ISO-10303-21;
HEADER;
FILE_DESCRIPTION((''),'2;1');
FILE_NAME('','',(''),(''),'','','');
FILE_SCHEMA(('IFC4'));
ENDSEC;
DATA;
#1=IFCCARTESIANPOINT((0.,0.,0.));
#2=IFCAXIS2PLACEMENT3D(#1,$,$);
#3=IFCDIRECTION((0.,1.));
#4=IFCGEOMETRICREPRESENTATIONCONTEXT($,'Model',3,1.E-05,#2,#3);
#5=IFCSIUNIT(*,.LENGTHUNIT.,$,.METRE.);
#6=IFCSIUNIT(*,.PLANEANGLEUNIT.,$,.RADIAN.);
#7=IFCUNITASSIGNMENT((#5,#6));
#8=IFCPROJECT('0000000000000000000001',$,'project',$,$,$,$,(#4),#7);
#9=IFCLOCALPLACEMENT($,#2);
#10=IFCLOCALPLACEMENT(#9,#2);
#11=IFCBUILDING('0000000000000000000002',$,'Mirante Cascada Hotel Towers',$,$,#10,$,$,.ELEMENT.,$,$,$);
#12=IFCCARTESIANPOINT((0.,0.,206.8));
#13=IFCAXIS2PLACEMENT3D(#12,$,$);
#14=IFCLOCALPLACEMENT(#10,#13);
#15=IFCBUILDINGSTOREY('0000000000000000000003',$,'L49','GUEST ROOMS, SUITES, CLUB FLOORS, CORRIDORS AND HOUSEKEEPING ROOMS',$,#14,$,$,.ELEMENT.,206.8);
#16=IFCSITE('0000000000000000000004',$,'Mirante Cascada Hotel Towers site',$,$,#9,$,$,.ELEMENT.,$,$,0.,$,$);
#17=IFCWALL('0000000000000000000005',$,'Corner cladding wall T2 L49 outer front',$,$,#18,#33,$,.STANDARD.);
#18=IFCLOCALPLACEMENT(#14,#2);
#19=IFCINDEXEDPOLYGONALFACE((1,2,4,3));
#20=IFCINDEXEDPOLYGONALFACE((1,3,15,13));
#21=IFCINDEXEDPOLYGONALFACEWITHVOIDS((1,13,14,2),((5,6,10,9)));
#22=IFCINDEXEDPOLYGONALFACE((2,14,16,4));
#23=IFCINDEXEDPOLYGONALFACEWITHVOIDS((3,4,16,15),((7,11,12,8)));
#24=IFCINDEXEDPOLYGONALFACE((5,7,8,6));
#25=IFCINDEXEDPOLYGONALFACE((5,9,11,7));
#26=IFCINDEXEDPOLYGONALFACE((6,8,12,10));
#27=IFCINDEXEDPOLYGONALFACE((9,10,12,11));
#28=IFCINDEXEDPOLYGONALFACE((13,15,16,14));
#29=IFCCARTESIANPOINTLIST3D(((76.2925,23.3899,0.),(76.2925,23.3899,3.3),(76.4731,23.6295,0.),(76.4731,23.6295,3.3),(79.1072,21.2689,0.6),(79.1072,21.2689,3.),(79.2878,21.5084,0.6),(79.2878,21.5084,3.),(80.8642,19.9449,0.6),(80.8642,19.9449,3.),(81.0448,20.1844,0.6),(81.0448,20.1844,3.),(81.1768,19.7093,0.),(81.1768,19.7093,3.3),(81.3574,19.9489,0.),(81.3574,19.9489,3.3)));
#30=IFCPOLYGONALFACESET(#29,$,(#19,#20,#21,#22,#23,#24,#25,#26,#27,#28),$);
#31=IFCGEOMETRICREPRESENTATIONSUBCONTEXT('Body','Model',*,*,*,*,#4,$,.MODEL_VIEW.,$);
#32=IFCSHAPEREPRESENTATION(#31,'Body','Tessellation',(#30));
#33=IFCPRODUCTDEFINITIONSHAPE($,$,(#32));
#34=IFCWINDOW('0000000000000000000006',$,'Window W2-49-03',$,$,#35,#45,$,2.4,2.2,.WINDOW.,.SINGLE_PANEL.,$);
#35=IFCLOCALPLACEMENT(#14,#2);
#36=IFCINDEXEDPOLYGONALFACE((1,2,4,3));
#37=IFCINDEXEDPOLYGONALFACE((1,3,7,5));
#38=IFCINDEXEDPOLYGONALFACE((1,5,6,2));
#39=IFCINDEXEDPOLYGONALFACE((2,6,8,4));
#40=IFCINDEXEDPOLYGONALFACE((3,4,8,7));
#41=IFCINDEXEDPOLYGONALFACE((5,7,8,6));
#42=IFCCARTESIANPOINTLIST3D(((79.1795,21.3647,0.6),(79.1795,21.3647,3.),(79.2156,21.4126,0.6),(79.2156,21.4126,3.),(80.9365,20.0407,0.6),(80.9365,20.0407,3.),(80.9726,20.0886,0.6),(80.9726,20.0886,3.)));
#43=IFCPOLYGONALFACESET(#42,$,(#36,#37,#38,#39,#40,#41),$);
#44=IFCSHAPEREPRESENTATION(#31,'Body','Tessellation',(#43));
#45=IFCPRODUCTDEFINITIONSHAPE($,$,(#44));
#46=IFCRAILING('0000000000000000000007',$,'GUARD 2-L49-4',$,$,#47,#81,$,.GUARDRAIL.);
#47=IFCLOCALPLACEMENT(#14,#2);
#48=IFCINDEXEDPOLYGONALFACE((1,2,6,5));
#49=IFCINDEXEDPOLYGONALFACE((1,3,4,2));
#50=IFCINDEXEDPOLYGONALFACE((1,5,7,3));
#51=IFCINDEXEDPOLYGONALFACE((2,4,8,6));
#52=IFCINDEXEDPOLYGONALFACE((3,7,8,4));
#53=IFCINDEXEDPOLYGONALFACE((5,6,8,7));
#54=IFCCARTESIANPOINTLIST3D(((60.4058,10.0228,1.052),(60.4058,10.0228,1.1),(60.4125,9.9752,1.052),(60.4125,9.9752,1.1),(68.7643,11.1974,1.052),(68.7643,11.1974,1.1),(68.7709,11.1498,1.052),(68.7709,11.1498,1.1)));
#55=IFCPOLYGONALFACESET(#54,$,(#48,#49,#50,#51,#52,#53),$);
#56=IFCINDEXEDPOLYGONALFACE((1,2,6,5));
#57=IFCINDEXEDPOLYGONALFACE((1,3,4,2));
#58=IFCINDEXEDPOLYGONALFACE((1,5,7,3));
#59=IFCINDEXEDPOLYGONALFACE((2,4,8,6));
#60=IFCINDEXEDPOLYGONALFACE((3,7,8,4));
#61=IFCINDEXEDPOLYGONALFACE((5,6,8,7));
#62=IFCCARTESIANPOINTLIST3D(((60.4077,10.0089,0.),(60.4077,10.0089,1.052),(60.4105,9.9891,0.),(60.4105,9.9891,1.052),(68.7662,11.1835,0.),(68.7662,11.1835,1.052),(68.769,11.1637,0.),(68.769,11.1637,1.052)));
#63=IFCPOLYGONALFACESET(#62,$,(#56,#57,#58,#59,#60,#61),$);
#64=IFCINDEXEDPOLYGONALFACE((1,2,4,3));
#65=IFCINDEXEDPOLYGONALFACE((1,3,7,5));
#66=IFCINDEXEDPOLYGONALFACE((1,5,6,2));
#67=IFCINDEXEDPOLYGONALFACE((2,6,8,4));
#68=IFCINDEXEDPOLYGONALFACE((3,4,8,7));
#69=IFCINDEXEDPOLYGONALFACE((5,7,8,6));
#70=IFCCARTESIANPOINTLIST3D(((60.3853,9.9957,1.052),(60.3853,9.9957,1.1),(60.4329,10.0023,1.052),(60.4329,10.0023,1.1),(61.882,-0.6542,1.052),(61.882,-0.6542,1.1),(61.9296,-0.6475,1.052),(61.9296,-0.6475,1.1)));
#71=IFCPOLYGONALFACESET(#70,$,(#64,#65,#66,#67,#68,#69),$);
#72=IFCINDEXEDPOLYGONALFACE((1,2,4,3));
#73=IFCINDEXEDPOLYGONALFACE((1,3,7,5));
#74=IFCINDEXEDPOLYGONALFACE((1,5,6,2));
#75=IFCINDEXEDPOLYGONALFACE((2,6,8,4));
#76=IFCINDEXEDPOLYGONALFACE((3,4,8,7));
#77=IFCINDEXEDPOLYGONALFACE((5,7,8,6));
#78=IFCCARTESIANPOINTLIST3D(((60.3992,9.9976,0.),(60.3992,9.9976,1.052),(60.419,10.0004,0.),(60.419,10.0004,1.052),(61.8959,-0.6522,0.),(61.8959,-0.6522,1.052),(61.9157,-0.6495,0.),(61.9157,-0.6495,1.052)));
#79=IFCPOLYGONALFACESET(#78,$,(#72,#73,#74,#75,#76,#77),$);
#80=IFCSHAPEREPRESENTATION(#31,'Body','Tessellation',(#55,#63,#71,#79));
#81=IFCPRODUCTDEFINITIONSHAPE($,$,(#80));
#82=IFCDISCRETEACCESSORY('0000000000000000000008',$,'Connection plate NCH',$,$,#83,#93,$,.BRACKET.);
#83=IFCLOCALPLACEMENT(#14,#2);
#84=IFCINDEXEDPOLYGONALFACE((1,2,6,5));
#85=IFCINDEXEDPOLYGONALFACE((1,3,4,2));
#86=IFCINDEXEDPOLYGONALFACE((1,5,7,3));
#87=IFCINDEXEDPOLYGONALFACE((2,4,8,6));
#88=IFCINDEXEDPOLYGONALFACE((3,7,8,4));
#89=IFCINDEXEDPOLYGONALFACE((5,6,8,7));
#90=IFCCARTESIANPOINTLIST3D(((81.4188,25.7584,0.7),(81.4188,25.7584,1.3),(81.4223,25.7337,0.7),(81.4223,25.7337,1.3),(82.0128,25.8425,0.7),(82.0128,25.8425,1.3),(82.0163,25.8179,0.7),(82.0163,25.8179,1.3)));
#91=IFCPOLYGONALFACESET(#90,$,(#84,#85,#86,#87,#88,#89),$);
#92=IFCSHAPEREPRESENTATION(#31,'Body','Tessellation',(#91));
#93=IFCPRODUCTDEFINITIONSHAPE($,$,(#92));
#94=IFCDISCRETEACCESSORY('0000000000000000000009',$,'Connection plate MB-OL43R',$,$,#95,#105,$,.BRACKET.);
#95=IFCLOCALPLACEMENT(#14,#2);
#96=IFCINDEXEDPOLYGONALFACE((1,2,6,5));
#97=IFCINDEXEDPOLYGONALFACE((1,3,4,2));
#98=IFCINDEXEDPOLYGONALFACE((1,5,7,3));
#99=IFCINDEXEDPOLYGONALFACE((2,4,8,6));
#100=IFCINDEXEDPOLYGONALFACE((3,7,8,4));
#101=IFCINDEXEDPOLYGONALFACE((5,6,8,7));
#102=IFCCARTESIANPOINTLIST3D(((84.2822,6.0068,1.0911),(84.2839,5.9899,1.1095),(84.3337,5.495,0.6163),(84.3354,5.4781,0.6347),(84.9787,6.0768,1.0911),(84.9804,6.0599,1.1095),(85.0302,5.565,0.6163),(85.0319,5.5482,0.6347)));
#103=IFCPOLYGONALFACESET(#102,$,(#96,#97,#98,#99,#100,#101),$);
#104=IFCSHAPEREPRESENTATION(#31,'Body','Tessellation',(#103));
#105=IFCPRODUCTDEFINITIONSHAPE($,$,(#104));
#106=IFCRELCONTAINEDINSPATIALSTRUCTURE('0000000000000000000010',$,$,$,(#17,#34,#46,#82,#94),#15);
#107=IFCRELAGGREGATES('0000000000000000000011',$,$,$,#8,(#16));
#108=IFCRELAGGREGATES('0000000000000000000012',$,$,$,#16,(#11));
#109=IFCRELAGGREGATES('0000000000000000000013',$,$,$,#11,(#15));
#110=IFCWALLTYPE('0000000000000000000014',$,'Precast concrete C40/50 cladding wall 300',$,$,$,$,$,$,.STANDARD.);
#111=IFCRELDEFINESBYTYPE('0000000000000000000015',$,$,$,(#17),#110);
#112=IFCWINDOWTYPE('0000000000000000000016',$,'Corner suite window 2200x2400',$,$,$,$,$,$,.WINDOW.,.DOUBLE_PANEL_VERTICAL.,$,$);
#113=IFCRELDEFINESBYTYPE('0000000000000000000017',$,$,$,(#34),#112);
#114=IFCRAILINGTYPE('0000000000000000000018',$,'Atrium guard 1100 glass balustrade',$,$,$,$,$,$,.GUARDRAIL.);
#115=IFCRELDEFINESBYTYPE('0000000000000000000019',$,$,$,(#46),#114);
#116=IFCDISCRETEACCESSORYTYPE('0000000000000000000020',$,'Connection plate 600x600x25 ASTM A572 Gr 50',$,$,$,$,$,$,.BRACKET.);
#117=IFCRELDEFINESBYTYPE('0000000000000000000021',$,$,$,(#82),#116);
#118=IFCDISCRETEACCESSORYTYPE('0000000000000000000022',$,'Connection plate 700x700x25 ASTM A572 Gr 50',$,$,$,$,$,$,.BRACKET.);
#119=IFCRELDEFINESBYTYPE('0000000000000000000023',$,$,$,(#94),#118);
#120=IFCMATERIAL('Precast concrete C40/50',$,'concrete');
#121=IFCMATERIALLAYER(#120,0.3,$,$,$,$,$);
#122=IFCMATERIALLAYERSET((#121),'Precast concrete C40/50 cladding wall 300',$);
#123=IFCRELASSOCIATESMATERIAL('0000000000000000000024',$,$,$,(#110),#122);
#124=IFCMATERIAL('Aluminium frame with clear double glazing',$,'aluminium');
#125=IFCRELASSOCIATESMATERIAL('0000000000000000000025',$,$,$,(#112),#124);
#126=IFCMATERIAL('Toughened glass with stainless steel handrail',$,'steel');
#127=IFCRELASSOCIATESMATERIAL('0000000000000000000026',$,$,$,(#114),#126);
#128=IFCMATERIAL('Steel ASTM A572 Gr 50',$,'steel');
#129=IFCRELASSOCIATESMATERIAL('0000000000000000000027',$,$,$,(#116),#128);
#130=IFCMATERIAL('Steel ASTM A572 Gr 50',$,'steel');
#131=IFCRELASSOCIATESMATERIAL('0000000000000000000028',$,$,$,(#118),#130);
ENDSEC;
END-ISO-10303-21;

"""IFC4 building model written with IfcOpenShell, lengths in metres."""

from ifc_helpers import new_model, si_unit, direction, frame, frame_2d, origin, origin_2d, place, context, subcontext, project, spatial, rectangle, extrude, material, layer, layer_set, material_profile, profile_set, type_object, element, fill, save


model = new_model("IFC4")

# Units and contexts
model_context = context("Model", 3, precision=1e-05, world=origin(), true_north=direction((0.0, 1.0)))
body_context = subcontext(model_context, "Body", "Model", "MODEL_VIEW")
ifc_project = project(units=[si_unit("LENGTHUNIT", "METRE"), si_unit("PLANEANGLEUNIT", "RADIAN")], contexts=[model_context])

# Site, building, storey
site_placement = place(None, origin())
site = spatial("IfcSite", under=ifc_project, at=site_placement, Name="Mirante Cascada Hotel Towers site", CompositionType="ELEMENT", RefElevation=0.0)
building_placement = place(site_placement, origin())
building = spatial("IfcBuilding", under=site, at=building_placement, Name="Mirante Cascada Hotel Towers", CompositionType="ELEMENT")
storey_placement = place(building_placement, frame((0.0, 0.0, 206.8)))
storey = spatial("IfcBuildingStorey", under=building, at=storey_placement, Name="L49", Description="GUEST ROOMS, SUITES, CLUB FLOORS, CORRIDORS AND HOUSEKEEPING ROOMS", CompositionType="ELEMENT", Elevation=206.8)

# Wall, opening, window
ifc_material_1 = material(Name="Precast concrete C40/50", Category="concrete")
ifc_layer_1 = layer(ifc_material_1, 0.3)
ifc_layer_set_1 = layer_set([ifc_layer_1], Name="Precast concrete C40/50 cladding wall 300")
wall_type_1 = type_object("IfcWallType", Name="Precast concrete C40/50 cladding wall 300", PredefinedType="STANDARD", material=ifc_layer_set_1)
wall_1_placement = place(storey_placement, frame((81.2671, 19.8291, 0.0), z_axis=(0.0, 0.0, 1.0), x_axis=(-0.798634, 0.601817, 0.0)))
wall_1 = element("IfcWall", 1, at=wall_1_placement, inside=storey, type_object=wall_type_1, Name="Corner cladding wall T2 L49 outer front", PredefinedType="STANDARD", context=body_context, shape_type="SweptSolid", body=[
    extrude(rectangle(XDim=6.1158, YDim=0.3, at=frame_2d((3.0579, 0.0))), origin(), (0.0, 0.0, 1.0), 3.3),
])
opening_1_placement = place(wall_1_placement, frame((0.3914, 0.0, 0.6)))
opening_1 = element("IfcOpeningElement", 2, at=opening_1_placement, cuts=wall_1, PredefinedType="OPENING", context=body_context, shape_type="SweptSolid", body=[
    extrude(rectangle(XDim=2.2, YDim=2.4, at=frame_2d((1.1, 1.2))), frame((0.0, 0.15, 0.0), z_axis=(0.0, -1.0, 0.0), x_axis=(1.0, 0.0, 0.0)), (0.0, 0.0, 1.0), 0.3),
])
ifc_material_2 = material(Name="Aluminium frame with clear double glazing", Category="aluminium")
window_type = type_object("IfcWindowType", Name="Corner suite window 2200x2400", PartitioningType="DOUBLE_PANEL_VERTICAL", PredefinedType="WINDOW", material=ifc_material_2)
window_placement = place(opening_1_placement, origin())
window = element("IfcWindow", 3, at=window_placement, inside=storey, type_object=window_type, Name="Window W2-49-03", OverallHeight=2.4, OverallWidth=2.2, PartitioningType="SINGLE_PANEL", PredefinedType="WINDOW", context=body_context, shape_type="SweptSolid", body=[
    extrude(rectangle(XDim=2.2, YDim=2.4, at=frame_2d((1.1, 1.2))), frame((0.0, 0.03, 0.0), z_axis=(0.0, -1.0, 0.0), x_axis=(1.0, 0.0, 0.0)), (0.0, 0.0, 1.0), 0.06),
])
fill(opening_1, window)

# Railing
ifc_material_3 = material(Name="Toughened glass with stainless steel handrail", Category="steel")
railing_type = type_object("IfcRailingType", Name="Atrium guard 1100 glass balustrade", PredefinedType="GUARDRAIL", material=ifc_material_3)
railing_placement = place(storey_placement, frame((68.7676, 11.1736, 0.0)))
element("IfcRailing", 4, at=railing_placement, inside=storey, type_object=railing_type, Name="GUARD 2-L49-4", PredefinedType="GUARDRAIL", context=body_context, shape_type="SweptSolid", body=[
    extrude(rectangle(XDim=0.048, YDim=0.048, at=origin_2d()), frame((0.0, 0.0, 1.076), z_axis=(-0.99027, -0.13916, 0.0), x_axis=(0.13916, -0.99027, 0.0)), (0.0, 0.0, 1.0), 8.4406),
    extrude(rectangle(XDim=0.02, YDim=1.052, at=origin_2d()), frame((0.0, 0.0, 0.526), z_axis=(-0.99027, -0.13916, 0.0), x_axis=(0.13916, -0.99027, 0.0)), (0.0, 0.0, 1.0), 8.4406),
    extrude(rectangle(XDim=0.048, YDim=0.048, at=origin_2d()), frame((-8.3585, -1.1746, 1.076), z_axis=(0.13917, -0.990268, 0.0), x_axis=(0.990268, 0.13917, 0.0)), (0.0, 0.0, 1.0), 10.7545),
    extrude(rectangle(XDim=0.02, YDim=1.052, at=origin_2d()), frame((-8.3585, -1.1746, 0.526), z_axis=(0.13917, -0.990268, 0.0), x_axis=(0.990268, 0.13917, 0.0)), (0.0, 0.0, 1.0), 10.7545),
])

# Discrete accessories
ifc_material_4 = material(Name="Steel ASTM A572 Gr 50", Category="steel")
ifc_material_profile_1 = material_profile(ifc_material_4, rectangle(XDim=0.6, YDim=0.6, at=origin_2d()), Name="Connection plate 600x600x25 ASTM A572 Gr 50")
ifc_profile_set_1 = profile_set([ifc_material_profile_1], Name="Steel ASTM A572 Gr 50")
discrete_accessory_type_1 = type_object("IfcDiscreteAccessoryType", Name="Connection plate 600x600x25 ASTM A572 Gr 50", PredefinedType="BRACKET", material=ifc_profile_set_1)
discrete_accessory_1_placement = place(storey_placement, frame((81.7193, 25.7758, 1.0), z_axis=(-0.140299, 0.990109, 0.0), x_axis=(-0.990109, -0.140299, 0.0)))
element("IfcDiscreteAccessory", 5, at=discrete_accessory_1_placement, inside=storey, type_object=discrete_accessory_type_1, Name="Connection plate NCH", PredefinedType="BRACKET", context=body_context, shape_type="SweptSolid", body=[
    extrude(rectangle(XDim=0.6, YDim=0.6, at=origin_2d()), origin(), (0.0, 0.0, 1.0), 0.0249),
])
ifc_material_5 = material(Name="Steel ASTM A572 Gr 50", Category="steel")
ifc_material_profile_2 = material_profile(ifc_material_5, rectangle(XDim=0.7, YDim=0.7, at=origin_2d()), Name="Connection plate 700x700x25 ASTM A572 Gr 50")
ifc_profile_set_2 = profile_set([ifc_material_profile_2], Name="Steel ASTM A572 Gr 50")
discrete_accessory_type_2 = type_object("IfcDiscreteAccessoryType", Name="Connection plate 700x700x25 ASTM A572 Gr 50", PredefinedType="BRACKET", material=ifc_profile_set_2)
discrete_accessory_2_placement = place(storey_placement, frame((84.6562, 5.7859, 0.8537), z_axis=(0.067888, -0.674889, 0.73479), x_axis=(0.994979, 0.100087, 0.0)))
element("IfcDiscreteAccessory", 6, at=discrete_accessory_2_placement, inside=storey, type_object=discrete_accessory_type_2, Name="Connection plate MB-OL43R", PredefinedType="BRACKET", context=body_context, shape_type="SweptSolid", body=[
    extrude(rectangle(XDim=0.7, YDim=0.7, at=origin_2d()), origin(), (0.0, 0.0, 1.0), 0.025),
])

save(model, "model.ifc")
